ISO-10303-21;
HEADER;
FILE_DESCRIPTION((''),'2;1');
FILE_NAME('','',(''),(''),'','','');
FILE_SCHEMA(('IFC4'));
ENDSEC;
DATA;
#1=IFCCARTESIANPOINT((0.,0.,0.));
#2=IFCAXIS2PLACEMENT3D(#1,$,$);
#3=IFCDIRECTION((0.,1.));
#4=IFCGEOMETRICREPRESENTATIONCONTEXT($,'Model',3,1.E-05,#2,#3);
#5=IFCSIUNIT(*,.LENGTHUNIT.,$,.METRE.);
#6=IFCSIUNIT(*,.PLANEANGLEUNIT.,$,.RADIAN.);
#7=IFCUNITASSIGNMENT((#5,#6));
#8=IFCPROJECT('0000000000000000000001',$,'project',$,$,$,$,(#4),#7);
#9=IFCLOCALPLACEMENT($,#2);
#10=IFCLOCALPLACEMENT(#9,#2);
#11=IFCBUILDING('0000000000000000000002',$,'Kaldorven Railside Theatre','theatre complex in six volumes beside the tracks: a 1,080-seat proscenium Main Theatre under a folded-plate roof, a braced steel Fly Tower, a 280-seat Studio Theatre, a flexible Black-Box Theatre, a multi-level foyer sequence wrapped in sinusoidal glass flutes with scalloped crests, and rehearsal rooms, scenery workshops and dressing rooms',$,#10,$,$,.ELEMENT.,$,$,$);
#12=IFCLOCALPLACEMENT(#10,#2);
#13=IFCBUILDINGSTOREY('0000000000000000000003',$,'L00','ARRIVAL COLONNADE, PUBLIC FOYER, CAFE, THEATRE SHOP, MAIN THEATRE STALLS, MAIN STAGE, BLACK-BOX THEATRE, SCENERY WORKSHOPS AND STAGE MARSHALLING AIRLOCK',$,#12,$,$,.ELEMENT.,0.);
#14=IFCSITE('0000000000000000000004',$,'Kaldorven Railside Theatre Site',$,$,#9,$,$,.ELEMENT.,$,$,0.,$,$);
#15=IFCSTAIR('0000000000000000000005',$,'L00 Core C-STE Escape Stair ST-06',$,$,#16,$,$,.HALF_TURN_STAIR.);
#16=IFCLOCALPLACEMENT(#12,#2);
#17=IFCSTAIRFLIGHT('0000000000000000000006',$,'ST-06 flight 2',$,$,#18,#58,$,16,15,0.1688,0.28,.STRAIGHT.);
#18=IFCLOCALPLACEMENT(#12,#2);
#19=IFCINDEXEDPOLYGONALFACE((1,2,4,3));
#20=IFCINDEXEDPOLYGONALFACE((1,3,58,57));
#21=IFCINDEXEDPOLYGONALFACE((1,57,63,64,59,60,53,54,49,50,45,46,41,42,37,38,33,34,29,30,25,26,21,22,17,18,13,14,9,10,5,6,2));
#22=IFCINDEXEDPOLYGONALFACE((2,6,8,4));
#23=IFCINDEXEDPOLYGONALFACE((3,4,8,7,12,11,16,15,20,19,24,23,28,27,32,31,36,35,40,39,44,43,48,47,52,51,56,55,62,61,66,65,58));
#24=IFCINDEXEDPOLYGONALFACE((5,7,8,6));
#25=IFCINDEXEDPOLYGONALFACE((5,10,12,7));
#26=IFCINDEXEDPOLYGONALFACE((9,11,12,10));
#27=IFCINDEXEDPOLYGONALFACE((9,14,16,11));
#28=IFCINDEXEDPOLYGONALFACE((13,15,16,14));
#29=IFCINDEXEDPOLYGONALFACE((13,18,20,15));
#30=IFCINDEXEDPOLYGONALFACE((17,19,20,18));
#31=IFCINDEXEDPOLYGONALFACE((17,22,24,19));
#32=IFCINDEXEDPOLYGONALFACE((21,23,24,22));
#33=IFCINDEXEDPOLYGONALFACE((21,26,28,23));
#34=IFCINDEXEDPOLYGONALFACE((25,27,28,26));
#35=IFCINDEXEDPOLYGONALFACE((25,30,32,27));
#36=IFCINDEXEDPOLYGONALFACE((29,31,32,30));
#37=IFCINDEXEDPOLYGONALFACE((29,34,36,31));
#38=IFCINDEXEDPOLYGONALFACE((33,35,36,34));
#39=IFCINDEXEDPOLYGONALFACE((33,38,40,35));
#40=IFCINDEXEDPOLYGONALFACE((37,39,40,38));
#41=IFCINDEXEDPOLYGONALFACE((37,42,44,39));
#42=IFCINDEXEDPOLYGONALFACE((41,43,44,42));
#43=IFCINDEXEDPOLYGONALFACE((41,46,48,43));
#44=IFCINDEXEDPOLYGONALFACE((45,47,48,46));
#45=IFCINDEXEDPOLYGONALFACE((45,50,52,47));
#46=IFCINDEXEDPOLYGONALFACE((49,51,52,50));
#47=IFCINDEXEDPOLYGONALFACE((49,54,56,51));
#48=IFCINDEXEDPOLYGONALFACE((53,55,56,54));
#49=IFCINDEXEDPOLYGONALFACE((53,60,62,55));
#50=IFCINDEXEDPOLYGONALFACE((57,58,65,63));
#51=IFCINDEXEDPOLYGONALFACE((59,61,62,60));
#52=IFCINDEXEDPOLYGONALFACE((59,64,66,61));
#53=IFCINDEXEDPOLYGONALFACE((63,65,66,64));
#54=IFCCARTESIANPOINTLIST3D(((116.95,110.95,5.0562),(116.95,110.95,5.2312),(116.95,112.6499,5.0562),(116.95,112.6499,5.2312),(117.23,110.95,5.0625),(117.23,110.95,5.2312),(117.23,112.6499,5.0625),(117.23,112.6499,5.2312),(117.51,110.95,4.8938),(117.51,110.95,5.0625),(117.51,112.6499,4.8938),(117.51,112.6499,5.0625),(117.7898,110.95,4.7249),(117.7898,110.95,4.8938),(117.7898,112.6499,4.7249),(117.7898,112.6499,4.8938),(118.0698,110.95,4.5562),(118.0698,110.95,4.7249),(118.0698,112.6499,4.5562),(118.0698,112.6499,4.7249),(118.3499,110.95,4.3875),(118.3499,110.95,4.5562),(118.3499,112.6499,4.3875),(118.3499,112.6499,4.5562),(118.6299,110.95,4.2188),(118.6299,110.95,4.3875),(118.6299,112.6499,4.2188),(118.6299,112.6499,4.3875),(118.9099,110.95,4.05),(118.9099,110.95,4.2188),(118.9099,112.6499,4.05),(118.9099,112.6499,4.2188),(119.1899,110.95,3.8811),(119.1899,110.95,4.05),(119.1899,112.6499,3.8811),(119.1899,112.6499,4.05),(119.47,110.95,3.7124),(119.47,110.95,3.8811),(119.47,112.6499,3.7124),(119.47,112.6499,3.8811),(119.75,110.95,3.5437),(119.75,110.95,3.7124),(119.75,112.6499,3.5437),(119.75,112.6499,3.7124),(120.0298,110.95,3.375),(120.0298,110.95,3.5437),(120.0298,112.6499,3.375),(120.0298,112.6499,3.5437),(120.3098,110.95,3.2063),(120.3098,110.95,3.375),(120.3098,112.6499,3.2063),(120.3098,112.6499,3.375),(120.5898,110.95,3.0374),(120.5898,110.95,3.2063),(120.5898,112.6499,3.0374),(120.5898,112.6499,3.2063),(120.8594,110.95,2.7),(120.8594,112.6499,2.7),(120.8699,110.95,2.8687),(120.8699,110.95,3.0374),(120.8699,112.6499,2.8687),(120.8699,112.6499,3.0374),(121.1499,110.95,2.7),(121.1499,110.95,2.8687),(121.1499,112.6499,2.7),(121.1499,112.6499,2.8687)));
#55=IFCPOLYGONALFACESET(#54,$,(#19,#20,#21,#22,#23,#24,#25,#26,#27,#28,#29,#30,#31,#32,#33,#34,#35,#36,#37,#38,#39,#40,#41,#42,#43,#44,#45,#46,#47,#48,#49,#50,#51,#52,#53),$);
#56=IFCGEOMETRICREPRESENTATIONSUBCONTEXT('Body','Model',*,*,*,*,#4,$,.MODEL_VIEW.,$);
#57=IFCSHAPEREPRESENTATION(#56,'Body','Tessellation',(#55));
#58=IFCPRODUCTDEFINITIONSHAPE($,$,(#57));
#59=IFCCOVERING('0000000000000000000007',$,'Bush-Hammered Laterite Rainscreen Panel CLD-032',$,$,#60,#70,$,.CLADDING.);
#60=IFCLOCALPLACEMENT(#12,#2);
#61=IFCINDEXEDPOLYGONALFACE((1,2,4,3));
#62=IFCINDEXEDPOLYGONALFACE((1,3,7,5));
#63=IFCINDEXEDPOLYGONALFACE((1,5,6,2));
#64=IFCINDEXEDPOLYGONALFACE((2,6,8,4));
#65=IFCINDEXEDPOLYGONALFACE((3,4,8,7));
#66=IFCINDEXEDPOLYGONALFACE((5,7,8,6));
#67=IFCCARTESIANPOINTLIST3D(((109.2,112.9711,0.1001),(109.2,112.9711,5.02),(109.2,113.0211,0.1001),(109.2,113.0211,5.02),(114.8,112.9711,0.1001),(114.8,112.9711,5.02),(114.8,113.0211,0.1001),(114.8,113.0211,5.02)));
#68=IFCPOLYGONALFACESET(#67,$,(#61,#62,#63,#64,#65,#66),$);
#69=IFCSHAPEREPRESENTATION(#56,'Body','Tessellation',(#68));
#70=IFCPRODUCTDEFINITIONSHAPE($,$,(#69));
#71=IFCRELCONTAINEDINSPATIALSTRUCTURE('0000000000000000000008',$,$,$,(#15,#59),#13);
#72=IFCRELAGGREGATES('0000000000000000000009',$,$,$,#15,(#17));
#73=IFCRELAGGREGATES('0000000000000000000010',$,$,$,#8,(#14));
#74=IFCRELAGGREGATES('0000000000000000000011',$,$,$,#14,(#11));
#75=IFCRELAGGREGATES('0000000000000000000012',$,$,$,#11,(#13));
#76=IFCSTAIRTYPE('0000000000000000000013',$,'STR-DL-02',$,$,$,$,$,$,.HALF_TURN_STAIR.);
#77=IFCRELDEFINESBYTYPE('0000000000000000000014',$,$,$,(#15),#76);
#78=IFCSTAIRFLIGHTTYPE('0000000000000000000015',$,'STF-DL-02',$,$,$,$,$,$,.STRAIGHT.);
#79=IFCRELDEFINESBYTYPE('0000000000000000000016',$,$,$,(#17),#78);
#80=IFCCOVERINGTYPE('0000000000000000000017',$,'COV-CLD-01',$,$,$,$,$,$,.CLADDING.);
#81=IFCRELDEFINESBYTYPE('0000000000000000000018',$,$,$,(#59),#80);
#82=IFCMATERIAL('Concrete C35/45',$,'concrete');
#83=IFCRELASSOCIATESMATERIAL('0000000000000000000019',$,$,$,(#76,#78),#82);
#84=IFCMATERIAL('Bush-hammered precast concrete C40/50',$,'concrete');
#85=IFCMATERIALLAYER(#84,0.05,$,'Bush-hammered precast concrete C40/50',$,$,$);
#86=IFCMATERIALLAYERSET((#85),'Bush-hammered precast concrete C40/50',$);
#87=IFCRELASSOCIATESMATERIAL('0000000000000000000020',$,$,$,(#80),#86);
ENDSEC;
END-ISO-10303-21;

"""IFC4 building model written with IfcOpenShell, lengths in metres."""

from ifc_helpers import new_model, si_unit, direction, frame, origin, origin_2d, place, context, subcontext, project, spatial, polyline, rectangle, outline, extrude, material, layer, layer_set, type_object, element, aggregate, save


model = new_model("IFC4")

# Units and contexts
model_context = context("Model", 3, precision=1e-05, world=origin(), true_north=direction((0.0, 1.0)))
body_context = subcontext(model_context, "Body", "Model", "MODEL_VIEW")
ifc_project = project(units=[si_unit("LENGTHUNIT", "METRE"), si_unit("PLANEANGLEUNIT", "RADIAN")], contexts=[model_context])

# Site, building, storey
site_placement = place(None, origin())
site = spatial("IfcSite", under=ifc_project, at=site_placement, Name="Kaldorven Railside Theatre Site", CompositionType="ELEMENT", RefElevation=0.0)
building_placement = place(site_placement, origin())
building = spatial("IfcBuilding", under=site, at=building_placement, Name="Kaldorven Railside Theatre", Description="theatre complex in six volumes beside the tracks: a 1,080-seat proscenium Main Theatre under a folded-plate roof, a braced steel Fly Tower, a 280-seat Studio Theatre, a flexible Black-Box Theatre, a multi-level foyer sequence wrapped in sinusoidal glass flutes with scalloped crests, and rehearsal rooms, scenery workshops and dressing rooms", CompositionType="ELEMENT")
storey_placement = place(building_placement, origin())
storey = spatial("IfcBuildingStorey", under=building, at=storey_placement, Name="L00", Description="ARRIVAL COLONNADE, PUBLIC FOYER, CAFE, THEATRE SHOP, MAIN THEATRE STALLS, MAIN STAGE, BLACK-BOX THEATRE, SCENERY WORKSHOPS AND STAGE MARSHALLING AIRLOCK", CompositionType="ELEMENT", Elevation=0.0)

# Stair, stair flight
ifc_material_1 = material(Name="Concrete C35/45", Category="concrete")
stair_type = type_object("IfcStairType", Name="STR-DL-02", PredefinedType="HALF_TURN_STAIR", material=ifc_material_1)
stair_placement = place(storey_placement, origin())
stair = element("IfcStair", 1, at=stair_placement, inside=storey, type_object=stair_type, Name="L00 Core C-STE Escape Stair ST-06", PredefinedType="HALF_TURN_STAIR")
stair_flight_type = type_object("IfcStairFlightType", Name="STF-DL-02", PredefinedType="STRAIGHT", material=ifc_material_1)
stair_flight_placement = place(storey_placement, frame((121.1499, 111.8, 2.7), z_axis=(0.0, 0.0, 1.0), x_axis=(-1.0, 0.0, 0.0)))
stair_flight = element("IfcStairFlight", 2, at=stair_flight_placement, type_object=stair_flight_type, Name="ST-06 flight 2", NumberOfRisers=16, NumberOfTreads=15, PredefinedType="STRAIGHT", RiserHeight=0.1688, TreadLength=0.28, context=body_context, shape_type="SweptSolid", body=[
    extrude(outline(polyline([(0.0, 0.0), (0.0, 0.1687), (0.28, 0.1687), (0.28, 0.3374), (0.5601, 0.3374), (0.5601, 0.5063), (0.8401, 0.5063), (0.8401, 0.675), (1.1201, 0.675), (1.1201, 0.8438), (1.3999, 0.8438), (1.3999, 1.0125), (1.6799, 1.0125), (1.6799, 1.1812), (1.96, 1.1812), (1.96, 1.3501), (2.24, 1.3501), (2.24, 1.5188), (2.52, 1.5188), (2.52, 1.6875), (2.8, 1.6875), (2.8, 1.8562), (3.0801, 1.8562), (3.0801, 2.0249), (3.3601, 2.0249), (3.3601, 2.1938), (3.6399, 2.1938), (3.6399, 2.3625), (3.9199, 2.3625), (3.9199, 2.5312), (4.2, 2.5312), (4.2, 2.7), (4.2, 2.3562), (0.2905, 0.0), (0.0, 0.0)])), frame((0.0, 0.8501, 0.0), z_axis=(0.0, -1.0, 0.0), x_axis=(1.0, 0.0, 0.0)), (0.0, 0.0, 1.0), 1.7),
])
aggregate(stair, [stair_flight])

# Covering
ifc_material_2 = material(Name="Bush-hammered precast concrete C40/50", Category="concrete")
ifc_layer_1 = layer(ifc_material_2, 0.05, Name="Bush-hammered precast concrete C40/50")
ifc_layer_set_1 = layer_set([ifc_layer_1], Name="Bush-hammered precast concrete C40/50")
covering_type = type_object("IfcCoveringType", Name="COV-CLD-01", PredefinedType="CLADDING", material=ifc_layer_set_1)
covering_placement = place(storey_placement, frame((112.0, 112.9961, 0.1001), z_axis=(0.0, 0.0, 1.0), x_axis=(1.0, 0.0, 0.0)))
element("IfcCovering", 3, at=covering_placement, inside=storey, type_object=covering_type, Name="Bush-Hammered Laterite Rainscreen Panel CLD-032", PredefinedType="CLADDING", context=body_context, shape_type="SweptSolid", body=[
    extrude(rectangle(XDim=5.6001, YDim=0.05, at=origin_2d()), origin(), (0.0, 0.0, 1.0), 4.9199),
])

save(model, "model.ifc")
